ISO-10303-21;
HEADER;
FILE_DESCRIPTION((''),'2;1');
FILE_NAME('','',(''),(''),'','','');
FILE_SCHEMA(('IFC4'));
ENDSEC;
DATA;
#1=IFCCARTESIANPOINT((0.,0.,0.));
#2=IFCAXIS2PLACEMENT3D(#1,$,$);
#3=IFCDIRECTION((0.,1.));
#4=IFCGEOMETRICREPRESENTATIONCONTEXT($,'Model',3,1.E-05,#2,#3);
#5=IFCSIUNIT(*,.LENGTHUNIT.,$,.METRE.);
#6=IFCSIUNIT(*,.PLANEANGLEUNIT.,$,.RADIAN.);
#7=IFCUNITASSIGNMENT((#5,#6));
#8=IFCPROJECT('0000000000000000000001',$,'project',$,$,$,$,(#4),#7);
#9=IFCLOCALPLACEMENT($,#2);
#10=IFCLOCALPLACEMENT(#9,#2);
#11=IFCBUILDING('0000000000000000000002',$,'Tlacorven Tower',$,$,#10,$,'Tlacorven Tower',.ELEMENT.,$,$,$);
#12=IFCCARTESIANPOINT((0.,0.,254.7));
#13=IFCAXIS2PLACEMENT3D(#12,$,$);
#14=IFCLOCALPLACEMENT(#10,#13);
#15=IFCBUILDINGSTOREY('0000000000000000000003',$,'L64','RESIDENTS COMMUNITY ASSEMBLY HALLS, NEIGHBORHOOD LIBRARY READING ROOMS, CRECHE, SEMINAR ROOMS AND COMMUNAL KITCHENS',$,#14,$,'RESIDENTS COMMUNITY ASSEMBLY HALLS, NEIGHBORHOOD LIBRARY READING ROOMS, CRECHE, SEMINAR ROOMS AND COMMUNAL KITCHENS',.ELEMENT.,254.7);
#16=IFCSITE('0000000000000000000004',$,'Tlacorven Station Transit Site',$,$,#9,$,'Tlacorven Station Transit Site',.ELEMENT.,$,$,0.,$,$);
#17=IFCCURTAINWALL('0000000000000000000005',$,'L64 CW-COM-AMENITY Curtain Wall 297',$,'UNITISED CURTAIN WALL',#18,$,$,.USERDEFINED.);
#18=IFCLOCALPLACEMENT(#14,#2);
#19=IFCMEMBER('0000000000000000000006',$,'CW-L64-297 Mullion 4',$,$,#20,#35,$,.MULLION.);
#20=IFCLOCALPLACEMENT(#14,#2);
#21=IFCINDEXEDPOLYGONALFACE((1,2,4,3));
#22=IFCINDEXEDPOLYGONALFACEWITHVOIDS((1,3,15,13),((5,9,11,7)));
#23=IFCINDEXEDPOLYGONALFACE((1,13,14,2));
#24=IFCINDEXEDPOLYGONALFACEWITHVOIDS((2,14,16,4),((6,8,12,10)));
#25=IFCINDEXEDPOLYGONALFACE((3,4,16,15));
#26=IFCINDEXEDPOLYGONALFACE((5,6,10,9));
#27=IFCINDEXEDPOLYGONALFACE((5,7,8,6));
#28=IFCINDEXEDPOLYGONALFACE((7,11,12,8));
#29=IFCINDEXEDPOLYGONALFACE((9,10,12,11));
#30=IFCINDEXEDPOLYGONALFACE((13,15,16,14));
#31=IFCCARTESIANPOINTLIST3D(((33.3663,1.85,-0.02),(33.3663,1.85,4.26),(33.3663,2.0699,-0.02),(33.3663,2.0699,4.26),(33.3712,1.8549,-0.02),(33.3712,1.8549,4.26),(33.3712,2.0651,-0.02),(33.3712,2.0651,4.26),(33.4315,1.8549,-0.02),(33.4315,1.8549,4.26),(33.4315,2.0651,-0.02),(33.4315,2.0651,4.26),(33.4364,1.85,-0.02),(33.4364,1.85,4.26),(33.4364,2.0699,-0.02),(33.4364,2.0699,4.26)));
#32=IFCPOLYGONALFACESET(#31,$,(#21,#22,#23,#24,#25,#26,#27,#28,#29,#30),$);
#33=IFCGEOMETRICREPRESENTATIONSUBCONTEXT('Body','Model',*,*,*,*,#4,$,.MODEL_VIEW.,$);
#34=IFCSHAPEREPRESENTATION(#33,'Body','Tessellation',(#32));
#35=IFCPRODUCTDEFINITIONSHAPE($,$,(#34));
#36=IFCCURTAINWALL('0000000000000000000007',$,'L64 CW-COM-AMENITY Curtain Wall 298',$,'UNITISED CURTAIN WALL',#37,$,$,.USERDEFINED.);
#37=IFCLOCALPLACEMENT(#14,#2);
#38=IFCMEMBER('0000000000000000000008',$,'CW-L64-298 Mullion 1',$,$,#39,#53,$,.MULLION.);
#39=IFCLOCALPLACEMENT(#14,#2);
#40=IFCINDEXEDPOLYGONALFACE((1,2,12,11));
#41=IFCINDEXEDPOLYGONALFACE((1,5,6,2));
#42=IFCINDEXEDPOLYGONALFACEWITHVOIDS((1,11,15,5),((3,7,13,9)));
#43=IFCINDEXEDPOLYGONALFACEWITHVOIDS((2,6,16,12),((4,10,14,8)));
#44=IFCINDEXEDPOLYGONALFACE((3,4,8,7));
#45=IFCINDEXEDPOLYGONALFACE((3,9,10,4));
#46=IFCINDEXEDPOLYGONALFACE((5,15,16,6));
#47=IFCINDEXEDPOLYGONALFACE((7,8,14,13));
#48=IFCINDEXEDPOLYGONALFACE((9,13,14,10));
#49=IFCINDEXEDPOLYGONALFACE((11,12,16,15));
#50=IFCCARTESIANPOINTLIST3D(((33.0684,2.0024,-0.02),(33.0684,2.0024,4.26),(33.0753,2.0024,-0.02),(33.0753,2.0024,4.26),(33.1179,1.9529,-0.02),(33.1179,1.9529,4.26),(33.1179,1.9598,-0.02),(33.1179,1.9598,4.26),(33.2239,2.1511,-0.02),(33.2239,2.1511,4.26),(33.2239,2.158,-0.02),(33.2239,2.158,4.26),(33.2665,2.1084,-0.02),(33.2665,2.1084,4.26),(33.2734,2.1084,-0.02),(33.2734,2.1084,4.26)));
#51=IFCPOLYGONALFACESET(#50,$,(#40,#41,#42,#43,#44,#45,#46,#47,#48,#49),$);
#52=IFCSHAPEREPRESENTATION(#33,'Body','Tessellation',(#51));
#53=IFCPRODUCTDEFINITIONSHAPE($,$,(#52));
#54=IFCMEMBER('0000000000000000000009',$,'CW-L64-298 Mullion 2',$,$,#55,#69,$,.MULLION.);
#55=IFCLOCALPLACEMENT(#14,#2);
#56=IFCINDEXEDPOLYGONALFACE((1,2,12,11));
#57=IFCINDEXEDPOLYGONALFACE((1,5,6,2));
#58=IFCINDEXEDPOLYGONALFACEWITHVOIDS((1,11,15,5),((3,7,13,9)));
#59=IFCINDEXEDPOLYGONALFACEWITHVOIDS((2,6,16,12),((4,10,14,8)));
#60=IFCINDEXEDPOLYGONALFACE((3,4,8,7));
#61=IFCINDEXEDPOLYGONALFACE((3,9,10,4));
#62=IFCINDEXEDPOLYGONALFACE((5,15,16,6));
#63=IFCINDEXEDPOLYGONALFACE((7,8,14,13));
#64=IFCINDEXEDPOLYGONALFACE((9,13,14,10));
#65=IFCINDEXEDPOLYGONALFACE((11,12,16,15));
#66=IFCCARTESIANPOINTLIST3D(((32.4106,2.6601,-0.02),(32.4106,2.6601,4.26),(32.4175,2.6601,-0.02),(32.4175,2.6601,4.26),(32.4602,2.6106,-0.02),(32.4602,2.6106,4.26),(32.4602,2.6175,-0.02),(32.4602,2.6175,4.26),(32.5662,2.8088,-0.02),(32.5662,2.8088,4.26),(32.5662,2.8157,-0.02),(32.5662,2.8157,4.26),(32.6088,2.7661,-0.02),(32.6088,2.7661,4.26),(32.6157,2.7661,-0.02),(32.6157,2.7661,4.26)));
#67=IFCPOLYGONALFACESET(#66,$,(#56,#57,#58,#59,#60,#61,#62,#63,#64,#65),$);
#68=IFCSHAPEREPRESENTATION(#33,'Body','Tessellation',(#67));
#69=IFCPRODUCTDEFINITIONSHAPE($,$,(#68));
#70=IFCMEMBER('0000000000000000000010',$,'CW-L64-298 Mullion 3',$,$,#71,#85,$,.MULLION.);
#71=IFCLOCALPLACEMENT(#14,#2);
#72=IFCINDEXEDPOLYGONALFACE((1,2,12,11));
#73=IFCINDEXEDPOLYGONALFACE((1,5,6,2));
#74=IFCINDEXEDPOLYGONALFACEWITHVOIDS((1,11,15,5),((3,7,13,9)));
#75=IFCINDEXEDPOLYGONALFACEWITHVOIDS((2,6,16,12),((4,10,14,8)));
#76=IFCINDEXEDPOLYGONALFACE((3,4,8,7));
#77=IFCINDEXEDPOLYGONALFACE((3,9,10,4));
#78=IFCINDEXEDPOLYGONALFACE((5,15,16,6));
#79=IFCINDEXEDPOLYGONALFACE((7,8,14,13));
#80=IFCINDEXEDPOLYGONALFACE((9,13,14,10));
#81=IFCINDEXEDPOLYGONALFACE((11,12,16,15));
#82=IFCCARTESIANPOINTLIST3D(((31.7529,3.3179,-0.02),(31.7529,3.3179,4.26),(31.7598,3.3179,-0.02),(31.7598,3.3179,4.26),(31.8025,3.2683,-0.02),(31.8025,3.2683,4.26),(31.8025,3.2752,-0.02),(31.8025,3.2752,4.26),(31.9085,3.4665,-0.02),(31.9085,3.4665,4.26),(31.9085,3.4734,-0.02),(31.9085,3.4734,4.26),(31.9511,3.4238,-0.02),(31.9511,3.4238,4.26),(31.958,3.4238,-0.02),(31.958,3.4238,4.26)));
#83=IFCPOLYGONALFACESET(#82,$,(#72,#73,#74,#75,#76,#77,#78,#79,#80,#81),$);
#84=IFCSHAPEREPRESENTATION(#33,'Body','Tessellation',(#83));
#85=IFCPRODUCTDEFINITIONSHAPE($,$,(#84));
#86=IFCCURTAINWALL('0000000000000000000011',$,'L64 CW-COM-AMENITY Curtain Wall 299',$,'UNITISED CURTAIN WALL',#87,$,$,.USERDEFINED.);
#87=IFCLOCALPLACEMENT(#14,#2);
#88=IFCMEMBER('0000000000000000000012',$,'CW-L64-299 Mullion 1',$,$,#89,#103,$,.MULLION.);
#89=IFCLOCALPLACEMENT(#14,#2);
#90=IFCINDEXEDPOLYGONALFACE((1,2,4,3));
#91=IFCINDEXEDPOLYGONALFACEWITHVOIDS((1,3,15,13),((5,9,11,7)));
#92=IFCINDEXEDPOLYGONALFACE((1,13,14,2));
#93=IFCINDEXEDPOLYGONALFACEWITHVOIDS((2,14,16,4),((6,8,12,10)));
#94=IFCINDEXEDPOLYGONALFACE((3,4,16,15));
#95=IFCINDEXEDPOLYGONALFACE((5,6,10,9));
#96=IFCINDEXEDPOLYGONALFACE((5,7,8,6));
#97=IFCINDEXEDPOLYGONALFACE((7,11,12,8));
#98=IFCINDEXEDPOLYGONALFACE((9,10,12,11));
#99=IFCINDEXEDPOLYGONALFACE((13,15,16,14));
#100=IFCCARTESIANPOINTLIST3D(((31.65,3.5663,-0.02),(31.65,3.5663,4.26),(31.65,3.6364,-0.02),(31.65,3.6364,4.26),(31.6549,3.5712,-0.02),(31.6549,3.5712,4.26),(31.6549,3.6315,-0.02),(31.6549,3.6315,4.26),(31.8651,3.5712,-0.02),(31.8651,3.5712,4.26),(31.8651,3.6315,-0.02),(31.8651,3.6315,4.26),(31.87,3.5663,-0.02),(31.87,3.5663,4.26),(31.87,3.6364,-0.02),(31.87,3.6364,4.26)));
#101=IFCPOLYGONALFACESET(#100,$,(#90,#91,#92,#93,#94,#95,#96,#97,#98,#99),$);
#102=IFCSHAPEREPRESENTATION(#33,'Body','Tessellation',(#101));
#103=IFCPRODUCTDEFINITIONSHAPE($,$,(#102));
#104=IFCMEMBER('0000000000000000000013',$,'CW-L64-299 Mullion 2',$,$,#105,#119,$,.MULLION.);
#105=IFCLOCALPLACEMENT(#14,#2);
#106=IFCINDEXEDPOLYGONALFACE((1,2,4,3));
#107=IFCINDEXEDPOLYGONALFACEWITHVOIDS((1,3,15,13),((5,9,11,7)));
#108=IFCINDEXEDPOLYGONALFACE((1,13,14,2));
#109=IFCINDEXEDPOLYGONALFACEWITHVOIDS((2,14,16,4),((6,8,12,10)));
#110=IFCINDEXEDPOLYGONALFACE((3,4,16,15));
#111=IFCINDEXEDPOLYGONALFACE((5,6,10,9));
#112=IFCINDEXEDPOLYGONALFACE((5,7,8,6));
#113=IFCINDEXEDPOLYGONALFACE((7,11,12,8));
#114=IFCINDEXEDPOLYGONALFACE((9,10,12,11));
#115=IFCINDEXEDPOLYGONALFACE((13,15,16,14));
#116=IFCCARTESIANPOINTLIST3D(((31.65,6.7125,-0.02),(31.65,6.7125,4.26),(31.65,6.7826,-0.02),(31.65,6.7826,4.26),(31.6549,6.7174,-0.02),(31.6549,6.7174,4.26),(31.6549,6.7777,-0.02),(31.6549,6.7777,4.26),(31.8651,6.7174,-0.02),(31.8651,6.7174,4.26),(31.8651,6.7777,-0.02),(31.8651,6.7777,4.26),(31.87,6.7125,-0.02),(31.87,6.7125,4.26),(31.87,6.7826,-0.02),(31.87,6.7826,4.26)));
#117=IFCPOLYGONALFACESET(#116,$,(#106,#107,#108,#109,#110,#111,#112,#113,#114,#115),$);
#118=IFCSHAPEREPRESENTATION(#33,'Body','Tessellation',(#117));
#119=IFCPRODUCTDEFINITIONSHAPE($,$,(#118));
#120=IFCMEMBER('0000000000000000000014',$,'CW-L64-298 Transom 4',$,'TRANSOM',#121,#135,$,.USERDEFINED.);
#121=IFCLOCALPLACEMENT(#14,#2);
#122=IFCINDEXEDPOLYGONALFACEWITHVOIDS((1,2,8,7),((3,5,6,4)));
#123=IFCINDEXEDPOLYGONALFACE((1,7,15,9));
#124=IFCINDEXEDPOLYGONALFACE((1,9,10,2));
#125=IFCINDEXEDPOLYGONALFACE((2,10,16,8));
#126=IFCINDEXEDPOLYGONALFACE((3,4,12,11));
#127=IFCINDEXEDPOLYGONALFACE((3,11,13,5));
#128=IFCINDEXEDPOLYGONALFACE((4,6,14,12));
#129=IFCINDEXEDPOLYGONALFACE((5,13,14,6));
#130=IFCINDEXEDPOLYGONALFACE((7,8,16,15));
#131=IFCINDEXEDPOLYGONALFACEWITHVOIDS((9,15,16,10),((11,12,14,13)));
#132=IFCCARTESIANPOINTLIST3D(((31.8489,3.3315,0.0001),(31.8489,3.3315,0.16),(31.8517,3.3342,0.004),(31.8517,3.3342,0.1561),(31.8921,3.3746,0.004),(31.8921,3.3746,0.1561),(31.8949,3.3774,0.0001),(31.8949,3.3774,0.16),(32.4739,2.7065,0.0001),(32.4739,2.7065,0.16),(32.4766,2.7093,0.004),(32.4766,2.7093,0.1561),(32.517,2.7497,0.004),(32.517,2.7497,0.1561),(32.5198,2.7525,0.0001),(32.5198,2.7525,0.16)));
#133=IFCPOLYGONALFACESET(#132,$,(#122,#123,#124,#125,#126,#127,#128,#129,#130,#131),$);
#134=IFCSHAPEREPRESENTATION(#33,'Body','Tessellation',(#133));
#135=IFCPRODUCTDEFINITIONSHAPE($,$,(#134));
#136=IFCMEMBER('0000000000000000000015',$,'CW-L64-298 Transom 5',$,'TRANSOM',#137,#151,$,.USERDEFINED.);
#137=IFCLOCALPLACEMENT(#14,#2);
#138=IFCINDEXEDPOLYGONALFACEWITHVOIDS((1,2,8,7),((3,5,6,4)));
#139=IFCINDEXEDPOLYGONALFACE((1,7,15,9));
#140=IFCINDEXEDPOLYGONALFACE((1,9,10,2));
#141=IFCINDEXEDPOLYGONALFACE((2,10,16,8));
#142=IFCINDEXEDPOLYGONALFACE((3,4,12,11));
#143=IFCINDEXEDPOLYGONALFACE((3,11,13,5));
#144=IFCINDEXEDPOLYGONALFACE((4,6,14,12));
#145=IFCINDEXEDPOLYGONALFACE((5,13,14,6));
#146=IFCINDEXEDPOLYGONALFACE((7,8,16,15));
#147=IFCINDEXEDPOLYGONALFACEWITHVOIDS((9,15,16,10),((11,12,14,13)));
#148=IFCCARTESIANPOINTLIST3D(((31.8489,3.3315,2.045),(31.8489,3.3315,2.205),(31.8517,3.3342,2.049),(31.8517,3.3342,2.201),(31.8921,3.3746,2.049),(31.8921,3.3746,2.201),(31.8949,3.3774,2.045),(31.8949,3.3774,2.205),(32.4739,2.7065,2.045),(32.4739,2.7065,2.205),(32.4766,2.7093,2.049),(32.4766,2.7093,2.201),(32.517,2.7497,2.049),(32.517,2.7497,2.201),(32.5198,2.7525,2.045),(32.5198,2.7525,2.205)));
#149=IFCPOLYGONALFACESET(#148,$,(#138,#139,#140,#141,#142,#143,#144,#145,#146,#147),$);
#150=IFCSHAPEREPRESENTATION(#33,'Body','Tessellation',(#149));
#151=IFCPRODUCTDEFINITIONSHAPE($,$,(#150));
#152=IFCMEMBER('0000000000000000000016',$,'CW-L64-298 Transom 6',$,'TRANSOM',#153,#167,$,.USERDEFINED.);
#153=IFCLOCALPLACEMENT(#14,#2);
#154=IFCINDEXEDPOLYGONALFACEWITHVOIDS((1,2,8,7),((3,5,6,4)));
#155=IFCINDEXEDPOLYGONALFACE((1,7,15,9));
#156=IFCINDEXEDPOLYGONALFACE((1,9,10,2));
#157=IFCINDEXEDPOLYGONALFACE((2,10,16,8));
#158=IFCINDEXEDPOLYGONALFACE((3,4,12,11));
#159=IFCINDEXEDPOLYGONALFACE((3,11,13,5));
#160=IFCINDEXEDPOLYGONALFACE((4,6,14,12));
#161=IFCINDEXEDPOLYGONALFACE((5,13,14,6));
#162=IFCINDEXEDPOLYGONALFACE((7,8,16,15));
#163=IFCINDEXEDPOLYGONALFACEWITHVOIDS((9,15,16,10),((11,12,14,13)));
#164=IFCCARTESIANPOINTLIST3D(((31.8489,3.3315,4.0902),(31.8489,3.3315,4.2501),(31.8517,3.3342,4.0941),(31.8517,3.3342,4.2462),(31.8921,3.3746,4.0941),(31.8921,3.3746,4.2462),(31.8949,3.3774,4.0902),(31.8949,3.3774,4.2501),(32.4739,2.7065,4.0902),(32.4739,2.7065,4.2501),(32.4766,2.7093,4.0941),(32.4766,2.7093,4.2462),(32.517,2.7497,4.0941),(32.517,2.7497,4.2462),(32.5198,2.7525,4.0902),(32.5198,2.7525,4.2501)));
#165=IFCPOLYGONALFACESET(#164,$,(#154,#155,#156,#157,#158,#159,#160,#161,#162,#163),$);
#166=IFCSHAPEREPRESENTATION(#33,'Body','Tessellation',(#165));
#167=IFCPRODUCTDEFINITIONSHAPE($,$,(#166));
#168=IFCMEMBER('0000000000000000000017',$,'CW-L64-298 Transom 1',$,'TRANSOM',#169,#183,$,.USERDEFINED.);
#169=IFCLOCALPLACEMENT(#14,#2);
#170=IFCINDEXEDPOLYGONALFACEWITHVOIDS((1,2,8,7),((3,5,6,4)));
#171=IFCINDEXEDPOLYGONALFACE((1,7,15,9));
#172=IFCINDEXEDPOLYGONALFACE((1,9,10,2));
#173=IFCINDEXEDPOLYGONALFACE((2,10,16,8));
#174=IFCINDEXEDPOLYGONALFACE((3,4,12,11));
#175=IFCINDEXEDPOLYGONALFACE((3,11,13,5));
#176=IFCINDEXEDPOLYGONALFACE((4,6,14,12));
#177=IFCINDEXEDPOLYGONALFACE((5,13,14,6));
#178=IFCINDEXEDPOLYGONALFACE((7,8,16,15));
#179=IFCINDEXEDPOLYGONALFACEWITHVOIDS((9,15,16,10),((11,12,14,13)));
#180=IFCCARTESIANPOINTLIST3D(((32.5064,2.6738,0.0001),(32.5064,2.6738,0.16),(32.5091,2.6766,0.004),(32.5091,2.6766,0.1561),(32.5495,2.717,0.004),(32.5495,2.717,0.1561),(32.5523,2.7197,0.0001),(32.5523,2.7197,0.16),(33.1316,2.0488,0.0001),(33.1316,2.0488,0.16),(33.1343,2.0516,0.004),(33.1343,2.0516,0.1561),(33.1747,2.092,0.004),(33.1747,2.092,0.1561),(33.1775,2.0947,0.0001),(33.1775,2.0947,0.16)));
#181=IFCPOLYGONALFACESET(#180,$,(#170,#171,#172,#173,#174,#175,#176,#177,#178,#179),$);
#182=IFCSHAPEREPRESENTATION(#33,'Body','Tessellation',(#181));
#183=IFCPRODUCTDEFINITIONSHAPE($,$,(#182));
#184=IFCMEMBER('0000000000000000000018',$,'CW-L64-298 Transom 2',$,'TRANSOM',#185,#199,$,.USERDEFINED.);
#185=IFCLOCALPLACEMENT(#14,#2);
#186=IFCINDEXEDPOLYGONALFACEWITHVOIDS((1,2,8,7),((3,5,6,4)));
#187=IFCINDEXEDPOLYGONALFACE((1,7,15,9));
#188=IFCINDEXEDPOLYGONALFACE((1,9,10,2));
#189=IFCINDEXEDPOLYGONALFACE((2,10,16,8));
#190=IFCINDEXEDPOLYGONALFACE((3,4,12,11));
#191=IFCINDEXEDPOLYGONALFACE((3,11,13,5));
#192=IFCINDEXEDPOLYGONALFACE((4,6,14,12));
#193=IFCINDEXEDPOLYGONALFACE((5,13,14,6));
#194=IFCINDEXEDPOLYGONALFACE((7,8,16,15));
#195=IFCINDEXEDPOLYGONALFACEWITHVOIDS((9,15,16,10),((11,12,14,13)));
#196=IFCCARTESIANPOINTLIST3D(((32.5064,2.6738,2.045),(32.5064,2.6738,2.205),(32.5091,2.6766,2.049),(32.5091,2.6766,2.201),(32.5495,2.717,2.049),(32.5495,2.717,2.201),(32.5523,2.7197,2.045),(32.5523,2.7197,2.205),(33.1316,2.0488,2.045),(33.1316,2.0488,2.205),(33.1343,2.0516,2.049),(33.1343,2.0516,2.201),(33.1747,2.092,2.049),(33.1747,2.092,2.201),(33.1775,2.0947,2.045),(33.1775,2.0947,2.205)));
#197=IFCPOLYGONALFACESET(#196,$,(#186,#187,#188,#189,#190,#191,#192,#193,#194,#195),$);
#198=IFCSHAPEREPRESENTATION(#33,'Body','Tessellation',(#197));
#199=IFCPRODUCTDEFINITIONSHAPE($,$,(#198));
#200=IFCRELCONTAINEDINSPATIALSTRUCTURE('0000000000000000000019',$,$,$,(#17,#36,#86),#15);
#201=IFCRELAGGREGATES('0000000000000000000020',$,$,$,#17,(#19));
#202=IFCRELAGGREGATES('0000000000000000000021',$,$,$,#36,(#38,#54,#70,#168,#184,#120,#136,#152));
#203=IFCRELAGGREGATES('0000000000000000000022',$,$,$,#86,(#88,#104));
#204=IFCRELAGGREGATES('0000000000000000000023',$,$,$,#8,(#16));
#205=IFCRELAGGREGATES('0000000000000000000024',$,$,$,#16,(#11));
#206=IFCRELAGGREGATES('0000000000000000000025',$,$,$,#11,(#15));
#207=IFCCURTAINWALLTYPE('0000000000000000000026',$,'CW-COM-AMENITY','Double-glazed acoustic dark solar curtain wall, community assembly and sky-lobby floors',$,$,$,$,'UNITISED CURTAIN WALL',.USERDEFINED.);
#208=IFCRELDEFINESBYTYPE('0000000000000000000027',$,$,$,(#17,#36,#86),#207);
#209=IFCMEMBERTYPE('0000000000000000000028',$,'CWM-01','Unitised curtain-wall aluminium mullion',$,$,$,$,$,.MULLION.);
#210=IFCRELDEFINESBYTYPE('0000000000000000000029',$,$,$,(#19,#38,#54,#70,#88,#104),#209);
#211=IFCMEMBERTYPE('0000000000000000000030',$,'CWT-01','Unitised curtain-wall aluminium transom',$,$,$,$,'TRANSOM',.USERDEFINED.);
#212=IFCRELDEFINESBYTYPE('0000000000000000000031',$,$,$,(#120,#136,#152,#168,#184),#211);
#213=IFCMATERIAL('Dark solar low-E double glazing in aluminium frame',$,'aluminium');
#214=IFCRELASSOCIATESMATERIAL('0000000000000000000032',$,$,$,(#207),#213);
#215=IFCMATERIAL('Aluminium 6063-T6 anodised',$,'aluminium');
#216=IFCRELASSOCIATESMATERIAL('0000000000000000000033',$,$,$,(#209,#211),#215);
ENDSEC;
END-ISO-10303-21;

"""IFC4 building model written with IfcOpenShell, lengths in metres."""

from ifc_helpers import new_model, si_unit, direction, frame, origin, origin_2d, place, context, subcontext, project, spatial, hollow_rectangle, extrude, source, transform, mapped, material, material_profile, profile_set, type_object, element, aggregate, save


model = new_model("IFC4")

# Units and contexts
model_context = context("Model", 3, precision=1e-05, world=origin(), true_north=direction((0.0, 1.0)))
body_context = subcontext(model_context, "Body", "Model", "MODEL_VIEW")
ifc_project = project(units=[si_unit("LENGTHUNIT", "METRE"), si_unit("PLANEANGLEUNIT", "RADIAN")], contexts=[model_context])

# Site, building, storey
site_placement = place(None, origin())
site = spatial("IfcSite", under=ifc_project, at=site_placement, Name="Tlacorven Station Transit Site", LongName="Tlacorven Station Transit Site", CompositionType="ELEMENT", RefElevation=0.0)
building_placement = place(site_placement, origin())
building = spatial("IfcBuilding", under=site, at=building_placement, Name="Tlacorven Tower", LongName="Tlacorven Tower", CompositionType="ELEMENT")
storey_placement = place(building_placement, frame((0.0, 0.0, 254.7)))
storey = spatial("IfcBuildingStorey", under=building, at=storey_placement, Name="L64", Description="RESIDENTS COMMUNITY ASSEMBLY HALLS, NEIGHBORHOOD LIBRARY READING ROOMS, CRECHE, SEMINAR ROOMS AND COMMUNAL KITCHENS", LongName="RESIDENTS COMMUNITY ASSEMBLY HALLS, NEIGHBORHOOD LIBRARY READING ROOMS, CRECHE, SEMINAR ROOMS AND COMMUNAL KITCHENS", CompositionType="ELEMENT", Elevation=254.7)

# Curtain wall, member
ifc_material_1 = material(Name="Dark solar low-E double glazing in aluminium frame", Category="aluminium")
curtain_wall_type = type_object("IfcCurtainWallType", Name="CW-COM-AMENITY", Description="Double-glazed acoustic dark solar curtain wall, community assembly and sky-lobby floors", ElementType="UNITISED CURTAIN WALL", PredefinedType="USERDEFINED", material=ifc_material_1)
curtain_wall_1_placement = place(storey_placement, origin())
curtain_wall_1 = element("IfcCurtainWall", 1, at=curtain_wall_1_placement, inside=storey, type_object=curtain_wall_type, Name="L64 CW-COM-AMENITY Curtain Wall 297", ObjectType="UNITISED CURTAIN WALL", PredefinedType="USERDEFINED")
ifc_material_2 = material(Name="Aluminium 6063-T6 anodised", Category="aluminium")
ifc_material_profile_1 = material_profile(ifc_material_2, hollow_rectangle(XDim=0.0701, YDim=0.22, WallThickness=0.0049, at=origin_2d()), Name="ALU MULLION 70X220")
ifc_profile_set_1 = profile_set([ifc_material_profile_1], Name="Aluminium 6063-T6 anodised")
member_type_1 = type_object("IfcMemberType", Name="CWM-01", Description="Unitised curtain-wall aluminium mullion", PredefinedType="MULLION", material=ifc_profile_set_1)
shared_shape_1 = source(origin(), body_context, "Body", "SweptSolid", [
    extrude(hollow_rectangle(XDim=0.0701, YDim=0.22, WallThickness=0.0049, at=origin_2d()), origin(), (0.0, 0.0, 1.0), 4.28),
])
member_1_placement = place(storey_placement, frame((33.4014, 1.96, -0.02), z_axis=(0.0, 0.0, 1.0), x_axis=(-1.0, 0.0, 0.0)))
member_1 = element("IfcMember", 2, at=member_1_placement, type_object=member_type_1, Name="CW-L64-297 Mullion 4", PredefinedType="MULLION", context=body_context, shape_type="MappedRepresentation", body=[
    mapped(shared_shape_1, transform((0.0, 0.0, 0.0), scale=1.0)),
])
aggregate(curtain_wall_1, [member_1])

# Curtain walls, members
curtain_wall_2_placement = place(storey_placement, origin())
curtain_wall_2 = element("IfcCurtainWall", 3, at=curtain_wall_2_placement, inside=storey, type_object=curtain_wall_type, Name="L64 CW-COM-AMENITY Curtain Wall 298", ObjectType="UNITISED CURTAIN WALL", PredefinedType="USERDEFINED")
member_2_placement = place(storey_placement, frame((33.1709, 2.0554, -0.02), z_axis=(0.0, 0.0, 1.0), x_axis=(-0.707107, 0.707107, 0.0)))
member_2 = element("IfcMember", 4, at=member_2_placement, type_object=member_type_1, Name="CW-L64-298 Mullion 1", PredefinedType="MULLION", context=body_context, shape_type="MappedRepresentation", body=[
    mapped(shared_shape_1, transform((0.0, 0.0, 0.0), scale=1.0)),
])
member_3_placement = place(storey_placement, frame((32.5132, 2.7131, -0.02), z_axis=(0.0, 0.0, 1.0), x_axis=(-0.707107, 0.707107, 0.0)))
member_3 = element("IfcMember", 5, at=member_3_placement, type_object=member_type_1, Name="CW-L64-298 Mullion 2", PredefinedType="MULLION", context=body_context, shape_type="MappedRepresentation", body=[
    mapped(shared_shape_1, transform((0.0, 0.0, 0.0), scale=1.0)),
])
member_4_placement = place(storey_placement, frame((31.8555, 3.3708, -0.02), z_axis=(0.0, 0.0, 1.0), x_axis=(-0.707107, 0.707107, 0.0)))
member_4 = element("IfcMember", 6, at=member_4_placement, type_object=member_type_1, Name="CW-L64-298 Mullion 3", PredefinedType="MULLION", context=body_context, shape_type="MappedRepresentation", body=[
    mapped(shared_shape_1, transform((0.0, 0.0, 0.0), scale=1.0)),
])
curtain_wall_3_placement = place(storey_placement, origin())
curtain_wall_3 = element("IfcCurtainWall", 7, at=curtain_wall_3_placement, inside=storey, type_object=curtain_wall_type, Name="L64 CW-COM-AMENITY Curtain Wall 299", ObjectType="UNITISED CURTAIN WALL", PredefinedType="USERDEFINED")
member_5_placement = place(storey_placement, frame((31.76, 3.6013, -0.02), z_axis=(0.0, 0.0, 1.0), x_axis=(0.0, 1.0, 0.0)))
member_5 = element("IfcMember", 8, at=member_5_placement, type_object=member_type_1, Name="CW-L64-299 Mullion 1", PredefinedType="MULLION", context=body_context, shape_type="MappedRepresentation", body=[
    mapped(shared_shape_1, transform((0.0, 0.0, 0.0), scale=1.0)),
])
member_6_placement = place(storey_placement, frame((31.76, 6.7476, -0.02), z_axis=(0.0, 0.0, 1.0), x_axis=(0.0, 1.0, 0.0)))
member_6 = element("IfcMember", 9, at=member_6_placement, type_object=member_type_1, Name="CW-L64-299 Mullion 2", PredefinedType="MULLION", context=body_context, shape_type="MappedRepresentation", body=[
    mapped(shared_shape_1, transform((0.0, 0.0, 0.0), scale=1.0)),
])

# Members
ifc_material_profile_2 = material_profile(ifc_material_2, hollow_rectangle(XDim=0.0649, YDim=0.1599, WallThickness=0.0039, at=origin_2d()), Name="ALU TRANSOM 65X160")
ifc_profile_set_2 = profile_set([ifc_material_profile_2], Name="Aluminium 6063-T6 anodised")
member_type_2 = type_object("IfcMemberType", Name="CWT-01", Description="Unitised curtain-wall aluminium transom", ElementType="TRANSOM", PredefinedType="USERDEFINED", material=ifc_profile_set_2)
shared_shape_2 = source(origin(), body_context, "Body", "SweptSolid", [
    extrude(hollow_rectangle(XDim=0.0649, YDim=0.1599, WallThickness=0.0039, at=origin_2d()), origin(), (0.0, 0.0, 1.0), 0.8838),
])
member_7_placement = place(storey_placement, frame((32.4968, 2.7295, 0.0801), z_axis=(-0.707107, 0.707107, 0.0), x_axis=(-0.707107, -0.707107, 0.0)))
member_7 = element("IfcMember", 10, at=member_7_placement, type_object=member_type_2, Name="CW-L64-298 Transom 4", ObjectType="TRANSOM", PredefinedType="USERDEFINED", context=body_context, shape_type="MappedRepresentation", body=[
    mapped(shared_shape_2, transform((0.0, 0.0, 0.0), scale=1.0)),
])
member_8_placement = place(storey_placement, frame((32.4968, 2.7295, 2.125), z_axis=(-0.707107, 0.707107, 0.0), x_axis=(-0.707107, -0.707107, 0.0)))
member_8 = element("IfcMember", 11, at=member_8_placement, type_object=member_type_2, Name="CW-L64-298 Transom 5", ObjectType="TRANSOM", PredefinedType="USERDEFINED", context=body_context, shape_type="MappedRepresentation", body=[
    mapped(shared_shape_2, transform((0.0, 0.0, 0.0), scale=1.0)),
])
member_9_placement = place(storey_placement, frame((32.4968, 2.7295, 4.1702), z_axis=(-0.707107, 0.707107, 0.0), x_axis=(-0.707107, -0.707107, 0.0)))
member_9 = element("IfcMember", 12, at=member_9_placement, type_object=member_type_2, Name="CW-L64-298 Transom 6", ObjectType="TRANSOM", PredefinedType="USERDEFINED", context=body_context, shape_type="MappedRepresentation", body=[
    mapped(shared_shape_2, transform((0.0, 0.0, 0.0), scale=1.0)),
])
shared_shape_3 = source(origin(), body_context, "Body", "SweptSolid", [
    extrude(hollow_rectangle(XDim=0.0649, YDim=0.1599, WallThickness=0.0039, at=origin_2d()), origin(), (0.0, 0.0, 1.0), 0.884),
])
member_10_placement = place(storey_placement, frame((33.1545, 2.0718, 0.0801), z_axis=(-0.707245, 0.706969, 0.0), x_axis=(-0.706969, -0.707245, 0.0)))
member_10 = element("IfcMember", 13, at=member_10_placement, type_object=member_type_2, Name="CW-L64-298 Transom 1", ObjectType="TRANSOM", PredefinedType="USERDEFINED", context=body_context, shape_type="MappedRepresentation", body=[
    mapped(shared_shape_3, transform((0.0, 0.0, 0.0), scale=1.0)),
])
member_11_placement = place(storey_placement, frame((33.1545, 2.0718, 2.125), z_axis=(-0.707245, 0.706969, 0.0), x_axis=(-0.706969, -0.707245, 0.0)))
member_11 = element("IfcMember", 14, at=member_11_placement, type_object=member_type_2, Name="CW-L64-298 Transom 2", ObjectType="TRANSOM", PredefinedType="USERDEFINED", context=body_context, shape_type="MappedRepresentation", body=[
    mapped(shared_shape_3, transform((0.0, 0.0, 0.0), scale=1.0)),
])

aggregate(curtain_wall_2, [member_2, member_3, member_4, member_10, member_11, member_7, member_8, member_9])
aggregate(curtain_wall_3, [member_5, member_6])

save(model, "model.ifc")
